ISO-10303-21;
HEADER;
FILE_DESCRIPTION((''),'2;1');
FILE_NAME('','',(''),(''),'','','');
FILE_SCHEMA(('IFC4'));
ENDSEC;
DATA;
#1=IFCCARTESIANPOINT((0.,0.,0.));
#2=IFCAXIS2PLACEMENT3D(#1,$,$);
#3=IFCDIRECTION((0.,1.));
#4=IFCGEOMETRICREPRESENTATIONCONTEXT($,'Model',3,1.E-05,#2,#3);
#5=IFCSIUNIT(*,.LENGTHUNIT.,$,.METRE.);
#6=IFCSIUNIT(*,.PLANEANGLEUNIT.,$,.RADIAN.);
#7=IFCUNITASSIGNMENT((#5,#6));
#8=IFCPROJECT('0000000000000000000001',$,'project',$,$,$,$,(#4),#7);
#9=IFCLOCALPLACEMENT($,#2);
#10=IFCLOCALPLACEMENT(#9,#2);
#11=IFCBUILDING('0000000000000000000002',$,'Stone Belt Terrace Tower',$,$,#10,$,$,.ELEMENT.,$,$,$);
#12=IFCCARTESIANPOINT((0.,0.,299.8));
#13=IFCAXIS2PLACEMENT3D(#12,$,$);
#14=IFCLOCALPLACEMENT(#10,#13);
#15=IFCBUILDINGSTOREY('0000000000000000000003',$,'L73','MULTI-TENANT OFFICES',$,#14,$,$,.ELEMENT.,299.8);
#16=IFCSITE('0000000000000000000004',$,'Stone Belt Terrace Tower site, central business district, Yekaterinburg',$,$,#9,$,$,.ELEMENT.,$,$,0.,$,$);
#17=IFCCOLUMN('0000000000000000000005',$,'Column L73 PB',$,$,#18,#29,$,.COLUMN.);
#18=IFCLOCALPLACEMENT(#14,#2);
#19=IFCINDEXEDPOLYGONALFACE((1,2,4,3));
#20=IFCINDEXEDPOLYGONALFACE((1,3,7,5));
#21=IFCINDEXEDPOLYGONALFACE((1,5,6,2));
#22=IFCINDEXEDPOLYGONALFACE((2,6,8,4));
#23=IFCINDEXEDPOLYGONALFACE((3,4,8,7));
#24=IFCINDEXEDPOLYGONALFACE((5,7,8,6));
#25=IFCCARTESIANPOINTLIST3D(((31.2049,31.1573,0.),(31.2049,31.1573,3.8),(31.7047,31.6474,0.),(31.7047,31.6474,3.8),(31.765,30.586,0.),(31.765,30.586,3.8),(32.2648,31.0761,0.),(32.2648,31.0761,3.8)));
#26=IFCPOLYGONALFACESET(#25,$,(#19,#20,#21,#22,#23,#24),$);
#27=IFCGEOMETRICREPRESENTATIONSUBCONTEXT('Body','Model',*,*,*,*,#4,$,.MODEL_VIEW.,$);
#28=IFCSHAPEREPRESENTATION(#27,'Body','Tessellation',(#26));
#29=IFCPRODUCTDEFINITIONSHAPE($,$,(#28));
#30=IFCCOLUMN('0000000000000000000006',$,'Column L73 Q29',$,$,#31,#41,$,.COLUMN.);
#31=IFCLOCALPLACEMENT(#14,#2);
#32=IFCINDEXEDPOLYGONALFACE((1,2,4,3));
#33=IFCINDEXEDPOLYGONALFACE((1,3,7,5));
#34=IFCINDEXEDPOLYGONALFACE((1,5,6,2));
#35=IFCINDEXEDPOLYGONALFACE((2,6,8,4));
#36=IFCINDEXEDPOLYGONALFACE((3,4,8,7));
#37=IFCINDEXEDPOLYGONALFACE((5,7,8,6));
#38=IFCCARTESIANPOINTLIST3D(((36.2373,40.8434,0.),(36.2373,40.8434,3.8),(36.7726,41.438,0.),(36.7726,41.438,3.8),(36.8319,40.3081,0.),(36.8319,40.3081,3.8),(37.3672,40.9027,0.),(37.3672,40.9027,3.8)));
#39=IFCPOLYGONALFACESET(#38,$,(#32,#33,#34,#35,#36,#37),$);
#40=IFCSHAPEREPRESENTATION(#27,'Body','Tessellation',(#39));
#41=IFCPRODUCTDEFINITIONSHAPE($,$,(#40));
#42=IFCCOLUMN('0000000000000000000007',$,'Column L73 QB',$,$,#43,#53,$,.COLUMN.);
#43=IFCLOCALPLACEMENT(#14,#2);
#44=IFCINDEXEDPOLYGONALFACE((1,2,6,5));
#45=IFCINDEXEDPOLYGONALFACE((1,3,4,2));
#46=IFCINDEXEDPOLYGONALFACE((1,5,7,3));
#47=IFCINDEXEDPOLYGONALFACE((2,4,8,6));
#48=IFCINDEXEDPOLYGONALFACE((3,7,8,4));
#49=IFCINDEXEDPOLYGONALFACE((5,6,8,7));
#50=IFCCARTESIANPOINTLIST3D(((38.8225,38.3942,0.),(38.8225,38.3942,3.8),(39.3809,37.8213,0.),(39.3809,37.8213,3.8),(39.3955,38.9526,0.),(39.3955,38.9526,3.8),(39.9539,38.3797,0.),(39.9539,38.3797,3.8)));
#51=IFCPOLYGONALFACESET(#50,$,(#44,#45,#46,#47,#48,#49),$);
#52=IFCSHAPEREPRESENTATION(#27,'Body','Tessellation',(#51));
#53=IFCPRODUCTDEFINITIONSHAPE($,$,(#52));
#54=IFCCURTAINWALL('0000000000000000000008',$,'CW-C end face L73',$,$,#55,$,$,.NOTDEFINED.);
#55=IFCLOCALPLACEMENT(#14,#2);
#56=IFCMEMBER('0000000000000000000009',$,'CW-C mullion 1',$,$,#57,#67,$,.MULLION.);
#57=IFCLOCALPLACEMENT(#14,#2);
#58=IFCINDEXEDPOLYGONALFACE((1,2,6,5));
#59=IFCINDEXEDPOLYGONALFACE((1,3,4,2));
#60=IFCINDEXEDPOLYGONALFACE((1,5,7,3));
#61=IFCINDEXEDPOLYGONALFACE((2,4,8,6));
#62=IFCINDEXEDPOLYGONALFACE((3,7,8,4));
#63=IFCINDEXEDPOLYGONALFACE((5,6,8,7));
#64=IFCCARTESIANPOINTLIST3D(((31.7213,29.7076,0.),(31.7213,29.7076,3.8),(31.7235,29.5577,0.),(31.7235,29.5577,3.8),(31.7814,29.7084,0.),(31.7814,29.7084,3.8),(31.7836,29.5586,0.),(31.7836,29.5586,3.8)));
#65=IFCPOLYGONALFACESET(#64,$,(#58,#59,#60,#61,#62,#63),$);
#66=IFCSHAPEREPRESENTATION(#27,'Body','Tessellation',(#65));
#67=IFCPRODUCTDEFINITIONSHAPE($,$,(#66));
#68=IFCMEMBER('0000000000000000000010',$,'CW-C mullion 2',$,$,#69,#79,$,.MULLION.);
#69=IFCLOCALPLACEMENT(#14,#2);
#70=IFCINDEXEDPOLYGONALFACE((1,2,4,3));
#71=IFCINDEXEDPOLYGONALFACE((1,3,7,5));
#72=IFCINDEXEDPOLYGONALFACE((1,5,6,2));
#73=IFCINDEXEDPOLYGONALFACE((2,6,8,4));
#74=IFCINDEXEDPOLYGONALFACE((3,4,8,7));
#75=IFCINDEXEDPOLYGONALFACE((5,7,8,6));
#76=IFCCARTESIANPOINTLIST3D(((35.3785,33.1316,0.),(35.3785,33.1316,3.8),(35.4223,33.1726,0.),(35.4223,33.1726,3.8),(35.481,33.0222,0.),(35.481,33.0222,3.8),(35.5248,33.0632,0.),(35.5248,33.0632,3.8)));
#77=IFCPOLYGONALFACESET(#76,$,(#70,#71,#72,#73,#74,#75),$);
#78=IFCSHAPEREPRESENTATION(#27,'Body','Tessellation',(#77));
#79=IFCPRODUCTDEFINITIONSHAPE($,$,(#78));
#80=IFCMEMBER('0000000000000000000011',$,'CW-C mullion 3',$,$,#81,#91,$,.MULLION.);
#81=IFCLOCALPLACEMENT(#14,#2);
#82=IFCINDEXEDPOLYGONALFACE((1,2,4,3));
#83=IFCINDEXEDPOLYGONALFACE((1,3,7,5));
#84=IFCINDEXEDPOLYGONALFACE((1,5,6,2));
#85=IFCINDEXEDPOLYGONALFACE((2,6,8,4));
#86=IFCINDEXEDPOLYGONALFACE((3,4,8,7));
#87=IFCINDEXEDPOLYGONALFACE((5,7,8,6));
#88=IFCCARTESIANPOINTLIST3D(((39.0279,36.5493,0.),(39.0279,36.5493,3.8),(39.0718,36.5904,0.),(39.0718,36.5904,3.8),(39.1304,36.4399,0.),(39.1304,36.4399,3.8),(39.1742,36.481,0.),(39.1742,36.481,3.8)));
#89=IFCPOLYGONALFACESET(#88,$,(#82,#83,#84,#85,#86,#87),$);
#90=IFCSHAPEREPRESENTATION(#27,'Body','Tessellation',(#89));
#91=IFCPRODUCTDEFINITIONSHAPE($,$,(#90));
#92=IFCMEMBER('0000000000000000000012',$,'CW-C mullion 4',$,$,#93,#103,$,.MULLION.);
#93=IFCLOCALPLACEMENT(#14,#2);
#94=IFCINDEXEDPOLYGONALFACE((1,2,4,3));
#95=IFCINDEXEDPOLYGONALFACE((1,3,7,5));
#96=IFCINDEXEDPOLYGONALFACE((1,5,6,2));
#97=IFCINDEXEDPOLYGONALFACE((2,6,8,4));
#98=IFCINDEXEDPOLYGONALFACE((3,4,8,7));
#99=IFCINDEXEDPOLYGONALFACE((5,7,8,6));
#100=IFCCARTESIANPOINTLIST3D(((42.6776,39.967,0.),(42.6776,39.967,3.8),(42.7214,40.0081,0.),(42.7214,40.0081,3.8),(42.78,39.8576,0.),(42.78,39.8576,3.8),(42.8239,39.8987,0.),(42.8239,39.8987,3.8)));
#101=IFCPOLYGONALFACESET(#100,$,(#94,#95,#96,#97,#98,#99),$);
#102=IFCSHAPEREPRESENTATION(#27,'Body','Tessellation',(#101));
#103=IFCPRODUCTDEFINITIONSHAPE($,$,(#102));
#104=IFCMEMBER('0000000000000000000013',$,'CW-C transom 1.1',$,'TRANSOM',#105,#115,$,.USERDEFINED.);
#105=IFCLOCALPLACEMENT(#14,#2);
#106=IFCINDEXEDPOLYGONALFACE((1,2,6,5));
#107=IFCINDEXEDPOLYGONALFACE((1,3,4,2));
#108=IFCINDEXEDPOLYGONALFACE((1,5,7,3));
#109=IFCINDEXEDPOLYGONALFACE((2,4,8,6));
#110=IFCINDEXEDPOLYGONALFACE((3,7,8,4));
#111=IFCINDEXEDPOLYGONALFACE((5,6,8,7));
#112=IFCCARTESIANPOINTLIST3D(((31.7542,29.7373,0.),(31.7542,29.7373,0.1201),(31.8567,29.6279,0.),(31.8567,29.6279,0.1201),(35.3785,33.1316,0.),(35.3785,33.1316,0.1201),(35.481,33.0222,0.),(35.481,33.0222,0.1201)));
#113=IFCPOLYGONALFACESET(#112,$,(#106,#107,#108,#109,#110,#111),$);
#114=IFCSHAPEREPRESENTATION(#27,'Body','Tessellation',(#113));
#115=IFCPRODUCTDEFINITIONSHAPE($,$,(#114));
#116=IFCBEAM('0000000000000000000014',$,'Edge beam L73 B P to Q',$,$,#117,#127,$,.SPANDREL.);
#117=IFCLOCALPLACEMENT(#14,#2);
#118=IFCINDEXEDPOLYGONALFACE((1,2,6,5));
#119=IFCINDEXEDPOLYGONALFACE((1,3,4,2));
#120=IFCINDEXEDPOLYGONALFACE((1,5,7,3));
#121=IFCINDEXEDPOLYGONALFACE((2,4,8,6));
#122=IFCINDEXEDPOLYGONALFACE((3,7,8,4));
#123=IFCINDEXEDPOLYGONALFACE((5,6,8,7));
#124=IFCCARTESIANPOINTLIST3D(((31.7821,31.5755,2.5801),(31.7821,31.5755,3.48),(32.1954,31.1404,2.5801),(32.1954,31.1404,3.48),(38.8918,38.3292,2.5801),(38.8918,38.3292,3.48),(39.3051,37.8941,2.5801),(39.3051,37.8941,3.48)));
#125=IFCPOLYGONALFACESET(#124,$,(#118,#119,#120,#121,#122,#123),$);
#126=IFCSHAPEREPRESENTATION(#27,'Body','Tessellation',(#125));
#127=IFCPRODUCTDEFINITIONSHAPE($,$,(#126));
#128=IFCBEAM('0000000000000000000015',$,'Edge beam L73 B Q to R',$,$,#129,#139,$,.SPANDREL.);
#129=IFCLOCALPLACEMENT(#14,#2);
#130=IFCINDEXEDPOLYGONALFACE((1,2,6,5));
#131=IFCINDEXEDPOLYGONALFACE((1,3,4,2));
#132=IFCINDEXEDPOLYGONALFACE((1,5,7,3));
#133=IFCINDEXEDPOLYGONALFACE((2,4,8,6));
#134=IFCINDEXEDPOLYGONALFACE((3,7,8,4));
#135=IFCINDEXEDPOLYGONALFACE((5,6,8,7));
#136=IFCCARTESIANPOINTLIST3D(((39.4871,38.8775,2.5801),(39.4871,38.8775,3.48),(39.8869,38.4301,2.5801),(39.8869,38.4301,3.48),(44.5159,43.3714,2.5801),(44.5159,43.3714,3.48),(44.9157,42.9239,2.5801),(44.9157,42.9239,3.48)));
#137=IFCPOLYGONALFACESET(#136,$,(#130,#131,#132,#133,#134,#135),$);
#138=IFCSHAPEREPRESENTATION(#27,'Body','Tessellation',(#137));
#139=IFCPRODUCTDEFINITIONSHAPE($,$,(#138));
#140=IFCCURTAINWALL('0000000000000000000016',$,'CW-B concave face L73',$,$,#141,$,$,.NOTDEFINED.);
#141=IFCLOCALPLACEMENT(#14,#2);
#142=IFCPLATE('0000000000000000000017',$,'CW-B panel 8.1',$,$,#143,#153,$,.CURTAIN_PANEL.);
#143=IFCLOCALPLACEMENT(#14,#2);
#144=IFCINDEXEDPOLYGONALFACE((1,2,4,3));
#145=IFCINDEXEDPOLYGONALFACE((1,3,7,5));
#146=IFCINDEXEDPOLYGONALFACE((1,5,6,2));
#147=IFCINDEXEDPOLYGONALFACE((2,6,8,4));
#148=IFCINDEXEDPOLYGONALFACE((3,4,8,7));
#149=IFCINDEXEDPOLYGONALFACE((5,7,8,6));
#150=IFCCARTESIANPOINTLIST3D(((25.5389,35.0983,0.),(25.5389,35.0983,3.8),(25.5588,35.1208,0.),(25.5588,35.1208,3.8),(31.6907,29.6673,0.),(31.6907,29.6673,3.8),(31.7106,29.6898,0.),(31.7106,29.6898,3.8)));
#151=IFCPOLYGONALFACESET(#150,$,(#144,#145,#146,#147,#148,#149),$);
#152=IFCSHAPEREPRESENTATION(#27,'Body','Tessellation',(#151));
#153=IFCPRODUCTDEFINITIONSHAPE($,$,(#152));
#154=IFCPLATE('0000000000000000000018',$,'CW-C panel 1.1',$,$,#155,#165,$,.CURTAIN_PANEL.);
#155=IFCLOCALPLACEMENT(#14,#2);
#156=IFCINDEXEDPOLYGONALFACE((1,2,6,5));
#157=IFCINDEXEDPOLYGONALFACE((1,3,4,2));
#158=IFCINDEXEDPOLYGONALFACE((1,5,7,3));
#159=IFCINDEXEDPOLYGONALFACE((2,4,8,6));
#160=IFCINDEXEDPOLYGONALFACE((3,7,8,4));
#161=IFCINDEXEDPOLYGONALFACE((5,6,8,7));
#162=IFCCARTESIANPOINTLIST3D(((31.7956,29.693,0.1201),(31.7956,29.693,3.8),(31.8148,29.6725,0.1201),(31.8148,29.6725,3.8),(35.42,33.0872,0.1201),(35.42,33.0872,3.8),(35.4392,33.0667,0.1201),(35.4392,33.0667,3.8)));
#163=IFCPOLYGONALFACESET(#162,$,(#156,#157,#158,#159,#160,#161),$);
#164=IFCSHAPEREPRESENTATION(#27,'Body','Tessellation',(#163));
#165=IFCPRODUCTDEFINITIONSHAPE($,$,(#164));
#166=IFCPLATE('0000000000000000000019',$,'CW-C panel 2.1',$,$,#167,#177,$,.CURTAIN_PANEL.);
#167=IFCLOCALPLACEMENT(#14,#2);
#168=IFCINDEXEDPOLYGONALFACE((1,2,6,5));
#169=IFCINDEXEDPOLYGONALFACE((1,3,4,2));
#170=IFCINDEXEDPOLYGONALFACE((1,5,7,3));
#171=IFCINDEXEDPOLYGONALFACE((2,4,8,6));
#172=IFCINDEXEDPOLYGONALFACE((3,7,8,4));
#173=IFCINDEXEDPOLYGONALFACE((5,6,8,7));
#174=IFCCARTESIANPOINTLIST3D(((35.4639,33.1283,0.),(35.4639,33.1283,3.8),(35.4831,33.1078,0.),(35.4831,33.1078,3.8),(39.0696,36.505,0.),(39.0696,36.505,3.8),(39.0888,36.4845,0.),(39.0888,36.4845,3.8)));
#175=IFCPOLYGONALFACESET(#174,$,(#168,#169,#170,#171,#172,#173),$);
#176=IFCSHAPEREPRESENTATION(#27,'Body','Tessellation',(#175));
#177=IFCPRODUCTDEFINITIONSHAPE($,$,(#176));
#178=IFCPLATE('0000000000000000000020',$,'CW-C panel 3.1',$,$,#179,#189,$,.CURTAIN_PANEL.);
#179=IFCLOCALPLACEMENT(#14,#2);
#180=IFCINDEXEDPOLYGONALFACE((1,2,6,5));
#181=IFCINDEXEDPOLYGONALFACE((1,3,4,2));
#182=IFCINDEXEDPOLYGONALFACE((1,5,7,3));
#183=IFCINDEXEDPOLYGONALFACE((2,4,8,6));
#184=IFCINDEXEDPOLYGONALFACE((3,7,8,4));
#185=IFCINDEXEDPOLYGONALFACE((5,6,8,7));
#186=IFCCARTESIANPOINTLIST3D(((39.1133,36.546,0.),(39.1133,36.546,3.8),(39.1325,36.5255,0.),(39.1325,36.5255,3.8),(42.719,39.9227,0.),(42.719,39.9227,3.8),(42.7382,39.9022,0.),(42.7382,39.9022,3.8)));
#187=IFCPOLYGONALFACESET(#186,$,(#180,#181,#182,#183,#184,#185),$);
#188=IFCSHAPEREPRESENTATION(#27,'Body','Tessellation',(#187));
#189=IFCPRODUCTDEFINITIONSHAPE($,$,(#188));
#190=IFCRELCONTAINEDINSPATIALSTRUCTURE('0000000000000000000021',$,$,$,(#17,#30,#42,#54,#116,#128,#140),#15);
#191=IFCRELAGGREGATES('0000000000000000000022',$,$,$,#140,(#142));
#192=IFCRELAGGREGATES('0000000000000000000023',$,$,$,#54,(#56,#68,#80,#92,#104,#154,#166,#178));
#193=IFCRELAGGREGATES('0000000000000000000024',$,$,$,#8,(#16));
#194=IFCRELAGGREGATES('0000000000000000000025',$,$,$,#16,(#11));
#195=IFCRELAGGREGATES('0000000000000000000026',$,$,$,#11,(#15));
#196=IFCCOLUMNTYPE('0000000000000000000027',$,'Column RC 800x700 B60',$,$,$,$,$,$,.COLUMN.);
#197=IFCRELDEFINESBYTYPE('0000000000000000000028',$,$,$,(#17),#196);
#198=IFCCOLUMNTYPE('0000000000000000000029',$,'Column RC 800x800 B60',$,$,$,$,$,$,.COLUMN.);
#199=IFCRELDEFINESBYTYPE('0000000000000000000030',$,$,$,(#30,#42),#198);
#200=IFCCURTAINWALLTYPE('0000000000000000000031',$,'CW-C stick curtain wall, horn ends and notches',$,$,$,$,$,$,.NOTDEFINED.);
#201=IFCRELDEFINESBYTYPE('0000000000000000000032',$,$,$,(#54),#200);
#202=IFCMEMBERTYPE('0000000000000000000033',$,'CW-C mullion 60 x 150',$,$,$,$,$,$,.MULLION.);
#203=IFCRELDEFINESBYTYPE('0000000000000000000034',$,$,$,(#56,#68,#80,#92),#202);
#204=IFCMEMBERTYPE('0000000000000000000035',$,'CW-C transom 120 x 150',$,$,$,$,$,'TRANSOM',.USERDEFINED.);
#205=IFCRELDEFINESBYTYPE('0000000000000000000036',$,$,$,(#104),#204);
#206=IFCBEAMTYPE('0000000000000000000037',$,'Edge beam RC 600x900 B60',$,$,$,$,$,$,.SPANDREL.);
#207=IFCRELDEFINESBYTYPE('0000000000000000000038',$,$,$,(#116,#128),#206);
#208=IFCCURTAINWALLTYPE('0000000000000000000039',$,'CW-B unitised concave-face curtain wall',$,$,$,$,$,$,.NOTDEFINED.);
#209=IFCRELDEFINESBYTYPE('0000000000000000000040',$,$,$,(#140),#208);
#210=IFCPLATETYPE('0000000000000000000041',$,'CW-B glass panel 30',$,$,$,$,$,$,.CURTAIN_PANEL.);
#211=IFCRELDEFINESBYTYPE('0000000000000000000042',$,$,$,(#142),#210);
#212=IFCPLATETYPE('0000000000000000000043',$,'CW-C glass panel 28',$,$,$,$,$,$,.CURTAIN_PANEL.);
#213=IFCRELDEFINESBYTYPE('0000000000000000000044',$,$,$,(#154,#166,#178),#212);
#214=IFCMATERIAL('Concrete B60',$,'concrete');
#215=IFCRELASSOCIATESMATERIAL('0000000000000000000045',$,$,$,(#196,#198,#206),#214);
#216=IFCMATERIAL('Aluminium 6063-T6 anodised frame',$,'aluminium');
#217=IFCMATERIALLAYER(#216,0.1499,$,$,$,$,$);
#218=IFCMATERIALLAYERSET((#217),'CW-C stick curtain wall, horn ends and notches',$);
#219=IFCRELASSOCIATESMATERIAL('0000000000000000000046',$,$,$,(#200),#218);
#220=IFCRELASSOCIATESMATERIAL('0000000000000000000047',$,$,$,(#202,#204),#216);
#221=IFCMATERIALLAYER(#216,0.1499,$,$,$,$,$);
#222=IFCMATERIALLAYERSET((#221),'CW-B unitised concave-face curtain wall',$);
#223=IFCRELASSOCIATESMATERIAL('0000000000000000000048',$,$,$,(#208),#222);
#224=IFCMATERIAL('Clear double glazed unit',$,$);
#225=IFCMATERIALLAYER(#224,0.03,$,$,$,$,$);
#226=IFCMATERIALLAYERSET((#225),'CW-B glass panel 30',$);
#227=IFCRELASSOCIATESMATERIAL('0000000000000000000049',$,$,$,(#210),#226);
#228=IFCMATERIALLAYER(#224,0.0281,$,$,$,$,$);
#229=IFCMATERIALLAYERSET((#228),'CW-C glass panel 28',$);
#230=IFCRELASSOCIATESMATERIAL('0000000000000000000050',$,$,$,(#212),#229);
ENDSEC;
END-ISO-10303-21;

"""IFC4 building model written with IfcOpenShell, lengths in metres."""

from ifc_helpers import new_model, si_unit, direction, frame, origin, origin_2d, place, context, subcontext, project, spatial, rectangle, extrude, material, layer, layer_set, material_profile, profile_set, type_object, element, aggregate, save


model = new_model("IFC4")

# Units and contexts
model_context = context("Model", 3, precision=1e-05, world=origin(), true_north=direction((0.0, 1.0)))
body_context = subcontext(model_context, "Body", "Model", "MODEL_VIEW")
ifc_project = project(units=[si_unit("LENGTHUNIT", "METRE"), si_unit("PLANEANGLEUNIT", "RADIAN")], contexts=[model_context])

# Site, building, storey
site_placement = place(None, origin())
site = spatial("IfcSite", under=ifc_project, at=site_placement, Name="Stone Belt Terrace Tower site, central business district, Yekaterinburg", CompositionType="ELEMENT", RefElevation=0.0)
building_placement = place(site_placement, origin())
building = spatial("IfcBuilding", under=site, at=building_placement, Name="Stone Belt Terrace Tower", CompositionType="ELEMENT")
storey_placement = place(building_placement, frame((0.0, 0.0, 299.8)))
storey = spatial("IfcBuildingStorey", under=building, at=storey_placement, Name="L73", Description="MULTI-TENANT OFFICES", CompositionType="ELEMENT", Elevation=299.8)

# Columns
ifc_material_1 = material(Name="Concrete B60", Category="concrete")
ifc_material_profile_1 = material_profile(ifc_material_1, rectangle(XDim=0.8, YDim=0.7, at=origin_2d()), Name="RC 800x700")
ifc_profile_set_1 = profile_set([ifc_material_profile_1], Name="Concrete B60")
column_type_1 = type_object("IfcColumnType", Name="Column RC 800x700 B60", PredefinedType="COLUMN", material=ifc_profile_set_1)
column_placement = place(storey_placement, frame((31.7349, 31.1167, 0.0), z_axis=(0.0, 0.0, 1.0), x_axis=(0.70012, -0.714026, 0.0)))
element("IfcColumn", 1, at=column_placement, inside=storey, type_object=column_type_1, Name="Column L73 PB", PredefinedType="COLUMN", context=body_context, shape_type="SweptSolid", body=[
    extrude(rectangle(XDim=0.8, YDim=0.7, at=origin_2d()), origin(), (0.0, 0.0, 1.0), 3.8),
])
ifc_material_profile_2 = material_profile(ifc_material_1, rectangle(XDim=0.8, YDim=0.8, at=origin_2d()), Name="RC 800x800")
ifc_profile_set_2 = profile_set([ifc_material_profile_2], Name="Concrete B60")
column_type_2 = type_object("IfcColumnType", Name="Column RC 800x800 B60", PredefinedType="COLUMN", material=ifc_profile_set_2)
for number, where, z_axis, x_axis, name in (
    (2, (36.8022, 40.873, 0.0), (0.0, 0.0, 1.0), (0.743145, -0.669131, 0.0), "Column L73 Q29"),
    (3, (39.3882, 38.387, 0.0), (0.0, 0.0, 1.0), (0.697944, -0.716152, 0.0), "Column L73 QB"),
):
    element("IfcColumn", number, at=place(storey_placement, frame(where, z_axis=z_axis, x_axis=x_axis)), inside=storey, type_object=column_type_2, Name=name, PredefinedType="COLUMN", context=body_context, shape_type="SweptSolid", body=[
        extrude(rectangle(XDim=0.8, YDim=0.8, at=origin_2d()), origin(), (0.0, 0.0, 1.0), 3.8),
    ])

# Curtain wall, members
ifc_material_2 = material(Name="Aluminium 6063-T6 anodised frame", Category="aluminium")
ifc_layer_1 = layer(ifc_material_2, 0.1499)
ifc_layer_set_1 = layer_set([ifc_layer_1], Name="CW-C stick curtain wall, horn ends and notches")
curtain_wall_type_1 = type_object("IfcCurtainWallType", Name="CW-C stick curtain wall, horn ends and notches", PredefinedType="NOTDEFINED", material=ifc_layer_set_1)
curtain_wall_1_placement = place(storey_placement, origin())
curtain_wall_1 = element("IfcCurtainWall", 4, at=curtain_wall_1_placement, inside=storey, type_object=curtain_wall_type_1, Name="CW-C end face L73", PredefinedType="NOTDEFINED")
ifc_material_profile_3 = material_profile(ifc_material_2, rectangle(XDim=0.1499, YDim=0.0601, at=origin_2d()), Name="Aluminium 6063-T6 60x150")
ifc_profile_set_3 = profile_set([ifc_material_profile_3], Name="Aluminium 6063-T6 anodised frame")
member_type_1 = type_object("IfcMemberType", Name="CW-C mullion 60 x 150", PredefinedType="MULLION", material=ifc_profile_set_3)
member_1_placement = place(storey_placement, frame((31.7524, 29.6331, 0.0), z_axis=(0.0, 0.0, 1.0), x_axis=(-0.014682, 0.999892, 0.0)))
member_1 = element("IfcMember", 5, at=member_1_placement, type_object=member_type_1, Name="CW-C mullion 1", PredefinedType="MULLION", context=body_context, shape_type="SweptSolid", body=[
    extrude(rectangle(XDim=0.1499, YDim=0.0601, at=origin_2d()), origin(), (0.0, 0.0, 1.0), 3.8),
])
member_2_placement = place(storey_placement, frame((35.4517, 33.0974, 0.0), z_axis=(0.0, 0.0, 1.0), x_axis=(-0.683549, 0.729904, 0.0)))
member_2 = element("IfcMember", 6, at=member_2_placement, type_object=member_type_1, Name="CW-C mullion 2", PredefinedType="MULLION", context=body_context, shape_type="SweptSolid", body=[
    extrude(rectangle(XDim=0.1499, YDim=0.0601, at=origin_2d()), origin(), (0.0, 0.0, 1.0), 3.8),
])
member_3_placement = place(storey_placement, frame((39.1011, 36.5151, 0.0), z_axis=(0.0, 0.0, 1.0), x_axis=(-0.683549, 0.729904, 0.0)))
member_3 = element("IfcMember", 7, at=member_3_placement, type_object=member_type_1, Name="CW-C mullion 3", PredefinedType="MULLION", context=body_context, shape_type="SweptSolid", body=[
    extrude(rectangle(XDim=0.1499, YDim=0.0601, at=origin_2d()), origin(), (0.0, 0.0, 1.0), 3.8),
])
member_4_placement = place(storey_placement, frame((42.7507, 39.9329, 0.0), z_axis=(0.0, 0.0, 1.0), x_axis=(-0.683549, 0.729904, 0.0)))
member_4 = element("IfcMember", 8, at=member_4_placement, type_object=member_type_1, Name="CW-C mullion 4", PredefinedType="MULLION", context=body_context, shape_type="SweptSolid", body=[
    extrude(rectangle(XDim=0.1499, YDim=0.0601, at=origin_2d()), origin(), (0.0, 0.0, 1.0), 3.8),
])
ifc_material_profile_4 = material_profile(ifc_material_2, rectangle(XDim=0.1499, YDim=0.1201, at=origin_2d()), Name="Aluminium 6063-T6 150x120")
ifc_profile_set_4 = profile_set([ifc_material_profile_4], Name="Aluminium 6063-T6 anodised frame")
member_type_2 = type_object("IfcMemberType", Name="CW-C transom 120 x 150", ElementType="TRANSOM", PredefinedType="USERDEFINED", material=ifc_profile_set_4)
member_5_placement = place(storey_placement, frame((31.8054, 29.6826, 0.0601), z_axis=(0.729885, 0.68357, 0.0), x_axis=(-0.68357, 0.729885, 0.0)))
member_5 = element("IfcMember", 9, at=member_5_placement, type_object=member_type_2, Name="CW-C transom 1.1", ObjectType="TRANSOM", PredefinedType="USERDEFINED", context=body_context, shape_type="SweptSolid", body=[
    extrude(rectangle(XDim=0.1499, YDim=0.1201, at=origin_2d()), origin(), (0.0, 0.0, 1.0), 4.9656),
])

# Beams
ifc_material_profile_5 = material_profile(ifc_material_1, rectangle(XDim=0.6001, YDim=0.8999, at=origin_2d()), Name="RC 600x900")
ifc_profile_set_5 = profile_set([ifc_material_profile_5], Name="Concrete B60")
beam_type = type_object("IfcBeamType", Name="Edge beam RC 600x900 B60", PredefinedType="SPANDREL", material=ifc_profile_set_5)
beam_1_placement = place(storey_placement, frame((31.9888, 31.3579, 3.03), z_axis=(0.725024, 0.688724, 0.0), x_axis=(-0.688724, 0.725024, 0.0)))
element("IfcBeam", 10, at=beam_1_placement, inside=storey, type_object=beam_type, Name="Edge beam L73 B P to Q", PredefinedType="SPANDREL", context=body_context, shape_type="SweptSolid", body=[
    extrude(rectangle(XDim=0.6001, YDim=0.8999, at=origin_2d()), origin(), (0.0, 0.0, 1.0), 9.8062),
])
beam_2_placement = place(storey_placement, frame((39.687, 38.6538, 3.03), z_axis=(0.745651, 0.666337, 0.0), x_axis=(-0.666337, 0.745651, 0.0)))
element("IfcBeam", 11, at=beam_2_placement, inside=storey, type_object=beam_type, Name="Edge beam L73 B Q to R", PredefinedType="SPANDREL", context=body_context, shape_type="SweptSolid", body=[
    extrude(rectangle(XDim=0.6001, YDim=0.8999, at=origin_2d()), origin(), (0.0, 0.0, 1.0), 6.7441),
])

# Curtain wall, plate
ifc_layer_2 = layer(ifc_material_2, 0.1499)
ifc_layer_set_2 = layer_set([ifc_layer_2], Name="CW-B unitised concave-face curtain wall")
curtain_wall_type_2 = type_object("IfcCurtainWallType", Name="CW-B unitised concave-face curtain wall", PredefinedType="NOTDEFINED", material=ifc_layer_set_2)
curtain_wall_2_placement = place(storey_placement, origin())
curtain_wall_2 = element("IfcCurtainWall", 12, at=curtain_wall_2_placement, inside=storey, type_object=curtain_wall_type_2, Name="CW-B concave face L73", PredefinedType="NOTDEFINED")
ifc_material_3 = material(Name="Clear double glazed unit")
ifc_layer_3 = layer(ifc_material_3, 0.03)
ifc_layer_set_3 = layer_set([ifc_layer_3], Name="CW-B glass panel 30")
plate_type_1 = type_object("IfcPlateType", Name="CW-B glass panel 30", PredefinedType="CURTAIN_PANEL", material=ifc_layer_set_3)
plate_1_placement = place(storey_placement, frame((28.6248, 32.394, 0.0), z_axis=(0.0, 0.0, 1.0), x_axis=(0.749659, -0.661825, 0.0)))
plate_1 = element("IfcPlate", 13, at=plate_1_placement, type_object=plate_type_1, Name="CW-B panel 8.1", PredefinedType="CURTAIN_PANEL", context=body_context, shape_type="SweptSolid", body=[
    extrude(rectangle(XDim=8.2061, YDim=0.03, at=origin_2d()), origin(), (0.0, 0.0, 1.0), 3.8),
])
aggregate(curtain_wall_2, [plate_1])

# Plates
ifc_layer_4 = layer(ifc_material_3, 0.0281)
ifc_layer_set_4 = layer_set([ifc_layer_4], Name="CW-C glass panel 28")
plate_type_2 = type_object("IfcPlateType", Name="CW-C glass panel 28", PredefinedType="CURTAIN_PANEL", material=ifc_layer_set_4)
plate_2_placement = place(storey_placement, frame((33.6174, 31.3799, 0.1201), z_axis=(0.0, 0.0, 1.0), x_axis=(0.729904, 0.683549, 0.0)))
plate_2 = element("IfcPlate", 14, at=plate_2_placement, type_object=plate_type_2, Name="CW-C panel 1.1", PredefinedType="CURTAIN_PANEL", context=body_context, shape_type="SweptSolid", body=[
    extrude(rectangle(XDim=4.9656, YDim=0.0281, at=origin_2d()), origin(), (0.0, 0.0, 1.0), 3.6799),
])
plate_3_placement = place(storey_placement, frame((37.2764, 34.8064, 0.0), z_axis=(0.0, 0.0, 1.0), x_axis=(0.729904, 0.683549, 0.0)))
plate_3 = element("IfcPlate", 15, at=plate_3_placement, type_object=plate_type_2, Name="CW-C panel 2.1", PredefinedType="CURTAIN_PANEL", context=body_context, shape_type="SweptSolid", body=[
    extrude(rectangle(XDim=4.9399, YDim=0.0281, at=origin_2d()), origin(), (0.0, 0.0, 1.0), 3.8),
])
plate_4_placement = place(storey_placement, frame((40.9258, 38.2241, 0.0), z_axis=(0.0, 0.0, 1.0), x_axis=(0.729904, 0.683549, 0.0)))
plate_4 = element("IfcPlate", 16, at=plate_4_placement, type_object=plate_type_2, Name="CW-C panel 3.1", PredefinedType="CURTAIN_PANEL", context=body_context, shape_type="SweptSolid", body=[
    extrude(rectangle(XDim=4.9399, YDim=0.0281, at=origin_2d()), origin(), (0.0, 0.0, 1.0), 3.8),
])
aggregate(curtain_wall_1, [member_1, member_2, member_3, member_4, member_5, plate_2, plate_3, plate_4])

save(model, "model.ifc")
